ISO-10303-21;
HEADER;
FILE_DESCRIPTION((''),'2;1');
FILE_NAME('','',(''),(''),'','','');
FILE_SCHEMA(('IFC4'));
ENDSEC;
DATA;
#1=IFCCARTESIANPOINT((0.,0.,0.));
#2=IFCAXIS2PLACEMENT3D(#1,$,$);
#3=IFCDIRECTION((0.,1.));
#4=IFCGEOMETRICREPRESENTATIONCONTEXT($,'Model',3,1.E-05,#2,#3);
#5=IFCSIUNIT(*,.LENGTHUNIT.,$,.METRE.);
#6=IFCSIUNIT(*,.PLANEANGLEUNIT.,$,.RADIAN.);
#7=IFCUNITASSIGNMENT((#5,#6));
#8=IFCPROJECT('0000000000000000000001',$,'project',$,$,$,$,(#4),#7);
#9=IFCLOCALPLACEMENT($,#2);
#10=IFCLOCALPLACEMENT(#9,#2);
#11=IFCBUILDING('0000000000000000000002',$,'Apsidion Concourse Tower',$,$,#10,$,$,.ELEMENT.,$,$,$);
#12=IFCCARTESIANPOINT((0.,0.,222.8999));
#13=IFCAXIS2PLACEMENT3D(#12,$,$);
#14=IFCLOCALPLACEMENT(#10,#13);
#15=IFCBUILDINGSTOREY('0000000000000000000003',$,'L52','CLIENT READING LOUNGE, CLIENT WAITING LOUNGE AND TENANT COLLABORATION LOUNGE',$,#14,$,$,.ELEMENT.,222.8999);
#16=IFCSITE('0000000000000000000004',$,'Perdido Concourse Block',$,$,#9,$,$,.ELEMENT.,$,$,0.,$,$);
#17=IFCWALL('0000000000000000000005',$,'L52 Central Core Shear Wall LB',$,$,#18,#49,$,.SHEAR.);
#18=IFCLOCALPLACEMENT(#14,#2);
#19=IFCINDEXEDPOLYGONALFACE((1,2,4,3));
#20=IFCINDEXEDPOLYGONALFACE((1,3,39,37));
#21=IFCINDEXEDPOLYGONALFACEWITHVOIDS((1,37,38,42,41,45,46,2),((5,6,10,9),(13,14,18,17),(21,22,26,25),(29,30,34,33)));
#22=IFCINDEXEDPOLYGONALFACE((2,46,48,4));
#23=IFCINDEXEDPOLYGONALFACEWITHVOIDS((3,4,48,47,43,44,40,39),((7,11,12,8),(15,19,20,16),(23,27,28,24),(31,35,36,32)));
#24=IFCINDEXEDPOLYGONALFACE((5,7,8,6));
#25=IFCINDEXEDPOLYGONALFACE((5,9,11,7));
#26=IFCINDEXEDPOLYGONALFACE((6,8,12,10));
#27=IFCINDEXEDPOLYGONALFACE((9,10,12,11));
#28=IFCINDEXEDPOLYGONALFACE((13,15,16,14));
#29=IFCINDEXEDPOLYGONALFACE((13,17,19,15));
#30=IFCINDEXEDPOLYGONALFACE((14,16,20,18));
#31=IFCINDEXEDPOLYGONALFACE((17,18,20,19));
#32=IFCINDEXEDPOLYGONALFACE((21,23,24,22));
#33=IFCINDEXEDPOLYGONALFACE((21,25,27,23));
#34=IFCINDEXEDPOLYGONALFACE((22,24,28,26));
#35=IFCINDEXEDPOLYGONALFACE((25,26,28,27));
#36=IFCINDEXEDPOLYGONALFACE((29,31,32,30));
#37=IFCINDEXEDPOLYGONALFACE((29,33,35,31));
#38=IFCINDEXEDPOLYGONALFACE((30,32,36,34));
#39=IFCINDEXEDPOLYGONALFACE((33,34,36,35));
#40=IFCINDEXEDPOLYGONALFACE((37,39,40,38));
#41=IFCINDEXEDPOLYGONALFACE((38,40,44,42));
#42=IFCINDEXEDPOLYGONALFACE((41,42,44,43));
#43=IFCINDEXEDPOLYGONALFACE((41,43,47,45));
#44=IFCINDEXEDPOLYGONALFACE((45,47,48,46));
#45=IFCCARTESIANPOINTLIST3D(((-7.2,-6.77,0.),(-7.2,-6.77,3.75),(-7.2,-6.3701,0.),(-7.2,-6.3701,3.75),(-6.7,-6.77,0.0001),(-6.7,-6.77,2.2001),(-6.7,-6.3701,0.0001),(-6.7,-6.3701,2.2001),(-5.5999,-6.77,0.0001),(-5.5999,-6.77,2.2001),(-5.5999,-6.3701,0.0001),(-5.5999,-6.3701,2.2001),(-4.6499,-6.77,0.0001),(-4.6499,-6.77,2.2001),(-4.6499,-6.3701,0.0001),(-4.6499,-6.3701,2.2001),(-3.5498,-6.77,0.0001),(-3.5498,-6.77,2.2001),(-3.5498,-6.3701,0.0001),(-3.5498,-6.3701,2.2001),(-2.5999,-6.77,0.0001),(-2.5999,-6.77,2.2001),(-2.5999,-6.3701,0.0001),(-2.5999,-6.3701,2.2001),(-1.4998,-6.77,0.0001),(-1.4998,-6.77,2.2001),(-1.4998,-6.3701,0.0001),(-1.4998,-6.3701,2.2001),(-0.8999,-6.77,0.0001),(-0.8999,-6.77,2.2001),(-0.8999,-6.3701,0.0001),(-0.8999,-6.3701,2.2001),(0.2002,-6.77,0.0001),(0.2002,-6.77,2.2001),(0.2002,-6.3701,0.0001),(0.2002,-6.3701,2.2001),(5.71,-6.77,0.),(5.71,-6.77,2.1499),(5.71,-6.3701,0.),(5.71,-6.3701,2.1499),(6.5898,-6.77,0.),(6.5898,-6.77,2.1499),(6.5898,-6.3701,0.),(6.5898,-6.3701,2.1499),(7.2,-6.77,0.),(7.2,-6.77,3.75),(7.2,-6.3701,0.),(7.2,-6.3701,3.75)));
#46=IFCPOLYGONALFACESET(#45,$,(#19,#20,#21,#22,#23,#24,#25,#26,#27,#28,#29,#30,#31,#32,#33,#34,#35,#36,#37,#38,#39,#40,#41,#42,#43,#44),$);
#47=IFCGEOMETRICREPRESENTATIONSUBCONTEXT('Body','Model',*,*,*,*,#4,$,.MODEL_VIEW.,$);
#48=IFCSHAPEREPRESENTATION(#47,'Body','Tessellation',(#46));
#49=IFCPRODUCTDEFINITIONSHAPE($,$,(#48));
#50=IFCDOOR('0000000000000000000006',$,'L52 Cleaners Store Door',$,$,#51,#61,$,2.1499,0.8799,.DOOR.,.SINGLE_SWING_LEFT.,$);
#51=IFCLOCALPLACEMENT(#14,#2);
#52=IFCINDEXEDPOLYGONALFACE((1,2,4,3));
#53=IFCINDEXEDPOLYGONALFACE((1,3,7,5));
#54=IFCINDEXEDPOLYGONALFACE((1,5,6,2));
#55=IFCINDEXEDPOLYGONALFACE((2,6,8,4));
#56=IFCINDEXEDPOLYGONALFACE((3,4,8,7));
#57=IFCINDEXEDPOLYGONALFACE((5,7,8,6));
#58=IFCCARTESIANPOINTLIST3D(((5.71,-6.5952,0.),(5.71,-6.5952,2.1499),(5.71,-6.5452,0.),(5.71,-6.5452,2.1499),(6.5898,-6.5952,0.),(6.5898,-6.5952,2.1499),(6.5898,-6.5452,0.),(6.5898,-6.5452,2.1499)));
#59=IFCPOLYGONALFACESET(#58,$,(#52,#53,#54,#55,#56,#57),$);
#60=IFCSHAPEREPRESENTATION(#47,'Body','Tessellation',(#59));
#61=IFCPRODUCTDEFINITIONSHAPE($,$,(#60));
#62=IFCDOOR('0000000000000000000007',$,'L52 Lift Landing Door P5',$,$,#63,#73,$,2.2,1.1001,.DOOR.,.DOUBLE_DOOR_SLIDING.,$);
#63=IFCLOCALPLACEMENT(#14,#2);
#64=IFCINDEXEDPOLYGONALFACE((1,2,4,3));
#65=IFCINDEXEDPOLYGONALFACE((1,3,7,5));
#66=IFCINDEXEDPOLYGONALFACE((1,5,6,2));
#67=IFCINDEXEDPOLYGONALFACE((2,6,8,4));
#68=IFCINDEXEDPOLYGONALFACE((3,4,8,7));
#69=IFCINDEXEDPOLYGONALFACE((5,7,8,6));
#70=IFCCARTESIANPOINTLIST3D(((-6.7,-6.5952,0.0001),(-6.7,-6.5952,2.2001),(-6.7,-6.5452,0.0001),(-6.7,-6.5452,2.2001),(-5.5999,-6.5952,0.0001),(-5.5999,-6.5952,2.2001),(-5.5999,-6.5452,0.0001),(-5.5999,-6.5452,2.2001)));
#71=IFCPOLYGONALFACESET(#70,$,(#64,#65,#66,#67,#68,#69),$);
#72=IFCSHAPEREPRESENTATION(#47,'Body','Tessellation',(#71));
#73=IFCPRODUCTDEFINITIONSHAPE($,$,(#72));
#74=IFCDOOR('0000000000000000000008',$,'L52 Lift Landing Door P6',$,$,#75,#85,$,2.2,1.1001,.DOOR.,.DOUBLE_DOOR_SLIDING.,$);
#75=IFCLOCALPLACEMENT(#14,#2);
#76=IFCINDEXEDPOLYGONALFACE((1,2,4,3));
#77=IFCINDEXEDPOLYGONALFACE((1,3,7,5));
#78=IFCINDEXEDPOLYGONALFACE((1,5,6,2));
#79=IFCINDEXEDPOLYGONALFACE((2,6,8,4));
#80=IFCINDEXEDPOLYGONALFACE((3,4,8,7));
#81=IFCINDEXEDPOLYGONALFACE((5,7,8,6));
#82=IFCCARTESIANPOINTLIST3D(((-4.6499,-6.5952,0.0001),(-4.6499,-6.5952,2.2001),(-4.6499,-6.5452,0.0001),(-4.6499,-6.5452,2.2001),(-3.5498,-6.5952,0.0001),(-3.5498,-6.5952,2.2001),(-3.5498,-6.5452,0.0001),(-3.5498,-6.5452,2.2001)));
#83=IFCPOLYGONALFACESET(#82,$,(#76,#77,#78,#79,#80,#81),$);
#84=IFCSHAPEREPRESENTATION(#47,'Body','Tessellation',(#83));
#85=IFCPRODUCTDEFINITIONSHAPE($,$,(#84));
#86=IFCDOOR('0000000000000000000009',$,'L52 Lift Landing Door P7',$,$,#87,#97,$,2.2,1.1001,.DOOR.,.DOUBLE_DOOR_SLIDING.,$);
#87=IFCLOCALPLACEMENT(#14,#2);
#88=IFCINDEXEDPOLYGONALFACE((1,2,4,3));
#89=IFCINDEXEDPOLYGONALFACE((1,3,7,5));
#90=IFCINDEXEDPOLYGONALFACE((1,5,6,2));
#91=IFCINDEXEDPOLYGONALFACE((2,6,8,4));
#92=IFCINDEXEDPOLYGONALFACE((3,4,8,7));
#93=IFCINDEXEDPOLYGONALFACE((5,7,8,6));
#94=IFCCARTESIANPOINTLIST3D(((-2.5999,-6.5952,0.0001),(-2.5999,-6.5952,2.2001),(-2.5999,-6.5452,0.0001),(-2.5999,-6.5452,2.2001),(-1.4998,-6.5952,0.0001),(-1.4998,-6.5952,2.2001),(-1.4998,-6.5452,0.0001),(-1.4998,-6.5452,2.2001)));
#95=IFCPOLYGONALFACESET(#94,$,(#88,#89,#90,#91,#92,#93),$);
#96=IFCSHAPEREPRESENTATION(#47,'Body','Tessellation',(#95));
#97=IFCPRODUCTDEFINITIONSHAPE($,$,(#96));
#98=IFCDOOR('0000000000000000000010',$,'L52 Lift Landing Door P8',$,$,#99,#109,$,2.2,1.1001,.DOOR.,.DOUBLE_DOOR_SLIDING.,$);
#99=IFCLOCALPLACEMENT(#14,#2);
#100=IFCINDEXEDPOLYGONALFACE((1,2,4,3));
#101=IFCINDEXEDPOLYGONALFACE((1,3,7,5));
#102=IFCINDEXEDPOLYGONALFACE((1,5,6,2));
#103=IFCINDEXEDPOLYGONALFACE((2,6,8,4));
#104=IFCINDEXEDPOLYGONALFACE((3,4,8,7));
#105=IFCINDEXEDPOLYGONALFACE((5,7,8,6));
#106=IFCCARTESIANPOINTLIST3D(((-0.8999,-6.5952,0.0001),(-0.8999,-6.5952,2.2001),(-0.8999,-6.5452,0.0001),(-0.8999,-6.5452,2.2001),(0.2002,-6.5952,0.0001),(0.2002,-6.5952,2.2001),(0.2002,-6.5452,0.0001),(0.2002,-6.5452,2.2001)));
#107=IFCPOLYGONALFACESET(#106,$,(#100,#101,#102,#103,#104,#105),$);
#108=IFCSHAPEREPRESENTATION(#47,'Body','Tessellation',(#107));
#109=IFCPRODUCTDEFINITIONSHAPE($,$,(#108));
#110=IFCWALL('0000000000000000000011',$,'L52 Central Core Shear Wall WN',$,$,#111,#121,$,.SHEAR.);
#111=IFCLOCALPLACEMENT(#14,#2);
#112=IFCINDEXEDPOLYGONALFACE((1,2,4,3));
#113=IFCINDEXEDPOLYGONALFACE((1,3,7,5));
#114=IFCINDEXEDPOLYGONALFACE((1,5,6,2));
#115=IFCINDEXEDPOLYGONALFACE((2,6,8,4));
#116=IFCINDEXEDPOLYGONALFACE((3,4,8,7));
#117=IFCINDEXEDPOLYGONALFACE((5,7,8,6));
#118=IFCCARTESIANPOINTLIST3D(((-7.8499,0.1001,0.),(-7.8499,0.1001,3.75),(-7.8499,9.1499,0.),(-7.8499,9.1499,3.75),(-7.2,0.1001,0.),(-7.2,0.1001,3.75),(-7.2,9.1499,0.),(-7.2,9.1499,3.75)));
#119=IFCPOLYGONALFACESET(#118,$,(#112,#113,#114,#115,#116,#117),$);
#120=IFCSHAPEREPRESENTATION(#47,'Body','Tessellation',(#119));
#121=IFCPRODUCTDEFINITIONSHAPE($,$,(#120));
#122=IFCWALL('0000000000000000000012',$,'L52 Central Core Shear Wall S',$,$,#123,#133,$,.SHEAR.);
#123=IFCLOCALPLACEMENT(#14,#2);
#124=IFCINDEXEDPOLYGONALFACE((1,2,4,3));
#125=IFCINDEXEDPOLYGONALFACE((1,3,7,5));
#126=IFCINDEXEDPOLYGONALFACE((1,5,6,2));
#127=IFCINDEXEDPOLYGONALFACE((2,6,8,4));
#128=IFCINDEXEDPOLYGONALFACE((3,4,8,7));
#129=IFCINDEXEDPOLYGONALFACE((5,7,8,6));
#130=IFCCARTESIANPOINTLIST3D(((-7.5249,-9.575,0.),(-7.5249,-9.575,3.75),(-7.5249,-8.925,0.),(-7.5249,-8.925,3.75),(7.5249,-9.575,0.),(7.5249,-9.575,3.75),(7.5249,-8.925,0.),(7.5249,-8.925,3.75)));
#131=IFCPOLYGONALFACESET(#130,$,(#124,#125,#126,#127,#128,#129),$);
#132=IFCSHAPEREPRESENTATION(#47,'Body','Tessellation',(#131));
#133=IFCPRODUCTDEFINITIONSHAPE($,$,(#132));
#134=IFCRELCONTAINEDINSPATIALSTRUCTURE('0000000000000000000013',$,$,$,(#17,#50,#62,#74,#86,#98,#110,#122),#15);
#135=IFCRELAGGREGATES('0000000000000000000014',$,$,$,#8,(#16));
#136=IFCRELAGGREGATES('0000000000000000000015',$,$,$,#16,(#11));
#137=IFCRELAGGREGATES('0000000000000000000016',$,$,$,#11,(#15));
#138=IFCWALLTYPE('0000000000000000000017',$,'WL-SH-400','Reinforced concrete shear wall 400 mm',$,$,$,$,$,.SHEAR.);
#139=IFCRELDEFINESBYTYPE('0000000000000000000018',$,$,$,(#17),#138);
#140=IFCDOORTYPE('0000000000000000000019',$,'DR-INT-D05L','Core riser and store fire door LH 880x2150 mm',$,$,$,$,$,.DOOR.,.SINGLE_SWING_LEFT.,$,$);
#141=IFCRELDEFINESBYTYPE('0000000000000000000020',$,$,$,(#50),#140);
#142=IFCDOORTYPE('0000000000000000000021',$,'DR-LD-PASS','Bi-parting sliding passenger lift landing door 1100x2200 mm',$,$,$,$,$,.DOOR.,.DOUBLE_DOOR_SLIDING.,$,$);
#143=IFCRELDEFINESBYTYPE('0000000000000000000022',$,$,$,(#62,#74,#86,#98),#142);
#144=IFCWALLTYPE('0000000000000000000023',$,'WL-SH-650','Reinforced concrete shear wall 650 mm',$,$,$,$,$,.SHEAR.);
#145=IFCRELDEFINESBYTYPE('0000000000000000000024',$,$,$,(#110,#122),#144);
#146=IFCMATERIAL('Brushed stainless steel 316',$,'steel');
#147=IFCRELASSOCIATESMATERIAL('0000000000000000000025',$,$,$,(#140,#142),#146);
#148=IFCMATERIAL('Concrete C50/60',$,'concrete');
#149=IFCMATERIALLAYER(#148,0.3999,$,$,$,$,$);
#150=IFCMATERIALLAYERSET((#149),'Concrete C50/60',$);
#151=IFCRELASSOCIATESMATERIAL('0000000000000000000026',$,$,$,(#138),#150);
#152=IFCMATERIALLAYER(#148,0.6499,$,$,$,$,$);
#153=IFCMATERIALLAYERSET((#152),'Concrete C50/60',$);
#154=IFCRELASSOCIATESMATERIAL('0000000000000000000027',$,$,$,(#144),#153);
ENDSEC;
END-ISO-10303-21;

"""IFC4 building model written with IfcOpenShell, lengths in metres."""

from ifc_helpers import new_model, si_unit, direction, frame, frame_2d, origin, place, context, subcontext, project, spatial, rectangle, extrude, material, layer, layer_set, type_object, element, fill, save


model = new_model("IFC4")

# Units and contexts
model_context = context("Model", 3, precision=1e-05, world=origin(), true_north=direction((0.0, 1.0)))
body_context = subcontext(model_context, "Body", "Model", "MODEL_VIEW")
ifc_project = project(units=[si_unit("LENGTHUNIT", "METRE"), si_unit("PLANEANGLEUNIT", "RADIAN")], contexts=[model_context])

# Site, building, storey
site_placement = place(None, origin())
site = spatial("IfcSite", under=ifc_project, at=site_placement, Name="Perdido Concourse Block", CompositionType="ELEMENT", RefElevation=0.0)
building_placement = place(site_placement, origin())
building = spatial("IfcBuilding", under=site, at=building_placement, Name="Apsidion Concourse Tower", CompositionType="ELEMENT")
storey_placement = place(building_placement, frame((0.0, 0.0, 222.8999)))
storey = spatial("IfcBuildingStorey", under=building, at=storey_placement, Name="L52", Description="CLIENT READING LOUNGE, CLIENT WAITING LOUNGE AND TENANT COLLABORATION LOUNGE", CompositionType="ELEMENT", Elevation=222.8999)

# Shared definitions
ifc_material_1 = material(Name="Concrete C50/60", Category="concrete")

# Shared definitions
ifc_material_2 = material(Name="Brushed stainless steel 316", Category="steel")
door_type_1 = type_object("IfcDoorType", Name="DR-INT-D05L", Description="Core riser and store fire door LH 880x2150 mm", OperationType="SINGLE_SWING_LEFT", PredefinedType="DOOR", material=ifc_material_2)

# Shared definitions
ifc_layer_1 = layer(ifc_material_1, 0.3999)
ifc_layer_set_1 = layer_set([ifc_layer_1], Name="Concrete C50/60")
wall_type_1 = type_object("IfcWallType", Name="WL-SH-400", Description="Reinforced concrete shear wall 400 mm", PredefinedType="SHEAR", material=ifc_layer_set_1)

# Wall, openings, doors
wall_1_placement = place(storey_placement, frame((-7.2, -6.5701, 0.0), z_axis=(0.0, 0.0, 1.0), x_axis=(1.0, 0.0, 0.0)))
wall_1 = element("IfcWall", 1, at=wall_1_placement, inside=storey, type_object=wall_type_1, Name="L52 Central Core Shear Wall LB", PredefinedType="SHEAR", context=body_context, shape_type="SweptSolid", body=[
    extrude(rectangle(XDim=14.3999, YDim=0.3999, at=frame_2d((7.2, 0.0))), origin(), (0.0, 0.0, 1.0), 3.75),
])
opening_1_placement = place(wall_1_placement, frame((0.5, 0.0, 0.0)))
opening_1 = element("IfcOpeningElement", 2, at=opening_1_placement, cuts=wall_1, PredefinedType="OPENING", context=body_context, shape_type="SweptSolid", body=[
    extrude(rectangle(XDim=1.1001, YDim=2.2, at=frame_2d((0.55, 1.1001))), frame((0.0, 0.21, 0.0), z_axis=(0.0, -1.0, 0.0), x_axis=(1.0, 0.0, 0.0)), (0.0, 0.0, 1.0), 0.4199),
])
opening_2_placement = place(wall_1_placement, frame((2.55, 0.0, 0.0)))
opening_2 = element("IfcOpeningElement", 3, at=opening_2_placement, cuts=wall_1, PredefinedType="OPENING", context=body_context, shape_type="SweptSolid", body=[
    extrude(rectangle(XDim=1.1001, YDim=2.2, at=frame_2d((0.55, 1.1001))), frame((0.0, 0.21, 0.0), z_axis=(0.0, -1.0, 0.0), x_axis=(1.0, 0.0, 0.0)), (0.0, 0.0, 1.0), 0.4199),
])
opening_3_placement = place(wall_1_placement, frame((4.6001, 0.0, 0.0)))
opening_3 = element("IfcOpeningElement", 4, at=opening_3_placement, cuts=wall_1, PredefinedType="OPENING", context=body_context, shape_type="SweptSolid", body=[
    extrude(rectangle(XDim=1.1001, YDim=2.2, at=frame_2d((0.55, 1.1001))), frame((0.0, 0.21, 0.0), z_axis=(0.0, -1.0, 0.0), x_axis=(1.0, 0.0, 0.0)), (0.0, 0.0, 1.0), 0.4199),
])
opening_4_placement = place(wall_1_placement, frame((6.3, 0.0, 0.0)))
opening_4 = element("IfcOpeningElement", 5, at=opening_4_placement, cuts=wall_1, PredefinedType="OPENING", context=body_context, shape_type="SweptSolid", body=[
    extrude(rectangle(XDim=1.1001, YDim=2.2, at=frame_2d((0.55, 1.1001))), frame((0.0, 0.21, 0.0), z_axis=(0.0, -1.0, 0.0), x_axis=(1.0, 0.0, 0.0)), (0.0, 0.0, 1.0), 0.4199),
])
opening_5_placement = place(wall_1_placement, frame((12.9099, 0.0, 0.0)))
opening_5 = element("IfcOpeningElement", 6, at=opening_5_placement, cuts=wall_1, PredefinedType="OPENING", context=body_context, shape_type="SweptSolid", body=[
    extrude(rectangle(XDim=0.8799, YDim=2.1499, at=frame_2d((0.4399, 1.075))), frame((0.0, 0.21, 0.0), z_axis=(0.0, -1.0, 0.0), x_axis=(1.0, 0.0, 0.0)), (0.0, 0.0, 1.0), 0.4199),
])
door_1_placement = place(opening_5_placement, origin())
door_1 = element("IfcDoor", 7, at=door_1_placement, inside=storey, type_object=door_type_1, Name="L52 Cleaners Store Door", OperationType="SINGLE_SWING_LEFT", OverallHeight=2.1499, OverallWidth=0.8799, PredefinedType="DOOR", context=body_context, shape_type="SweptSolid", body=[
    extrude(rectangle(XDim=0.8799, YDim=2.1499, at=frame_2d((0.4399, 1.075))), frame((0.0, 0.0249, 0.0), z_axis=(0.0, -1.0, 0.0), x_axis=(1.0, 0.0, 0.0)), (0.0, 0.0, 1.0), 0.05),
])
fill(opening_5, door_1)
door_type_2 = type_object("IfcDoorType", Name="DR-LD-PASS", Description="Bi-parting sliding passenger lift landing door 1100x2200 mm", OperationType="DOUBLE_DOOR_SLIDING", PredefinedType="DOOR", material=ifc_material_2)
door_2_placement = place(opening_1_placement, origin())
door_2 = element("IfcDoor", 8, at=door_2_placement, inside=storey, type_object=door_type_2, Name="L52 Lift Landing Door P5", OperationType="DOUBLE_DOOR_SLIDING", OverallHeight=2.2, OverallWidth=1.1001, PredefinedType="DOOR", context=body_context, shape_type="SweptSolid", body=[
    extrude(rectangle(XDim=1.1001, YDim=2.2, at=frame_2d((0.55, 1.1001))), frame((0.0, 0.0249, 0.0), z_axis=(0.0, -1.0, 0.0), x_axis=(1.0, 0.0, 0.0)), (0.0, 0.0, 1.0), 0.05),
])
fill(opening_1, door_2)
door_3_placement = place(opening_2_placement, origin())
door_3 = element("IfcDoor", 9, at=door_3_placement, inside=storey, type_object=door_type_2, Name="L52 Lift Landing Door P6", OperationType="DOUBLE_DOOR_SLIDING", OverallHeight=2.2, OverallWidth=1.1001, PredefinedType="DOOR", context=body_context, shape_type="SweptSolid", body=[
    extrude(rectangle(XDim=1.1001, YDim=2.2, at=frame_2d((0.55, 1.1001))), frame((0.0, 0.0249, 0.0), z_axis=(0.0, -1.0, 0.0), x_axis=(1.0, 0.0, 0.0)), (0.0, 0.0, 1.0), 0.05),
])
fill(opening_2, door_3)
door_4_placement = place(opening_3_placement, origin())
door_4 = element("IfcDoor", 10, at=door_4_placement, inside=storey, type_object=door_type_2, Name="L52 Lift Landing Door P7", OperationType="DOUBLE_DOOR_SLIDING", OverallHeight=2.2, OverallWidth=1.1001, PredefinedType="DOOR", context=body_context, shape_type="SweptSolid", body=[
    extrude(rectangle(XDim=1.1001, YDim=2.2, at=frame_2d((0.55, 1.1001))), frame((0.0, 0.0249, 0.0), z_axis=(0.0, -1.0, 0.0), x_axis=(1.0, 0.0, 0.0)), (0.0, 0.0, 1.0), 0.05),
])
fill(opening_3, door_4)
door_5_placement = place(opening_4_placement, origin())
door_5 = element("IfcDoor", 11, at=door_5_placement, inside=storey, type_object=door_type_2, Name="L52 Lift Landing Door P8", OperationType="DOUBLE_DOOR_SLIDING", OverallHeight=2.2, OverallWidth=1.1001, PredefinedType="DOOR", context=body_context, shape_type="SweptSolid", body=[
    extrude(rectangle(XDim=1.1001, YDim=2.2, at=frame_2d((0.55, 1.1001))), frame((0.0, 0.0249, 0.0), z_axis=(0.0, -1.0, 0.0), x_axis=(1.0, 0.0, 0.0)), (0.0, 0.0, 1.0), 0.05),
])
fill(opening_4, door_5)

# Wall
ifc_layer_2 = layer(ifc_material_1, 0.6499)
ifc_layer_set_2 = layer_set([ifc_layer_2], Name="Concrete C50/60")
wall_type_2 = type_object("IfcWallType", Name="WL-SH-650", Description="Reinforced concrete shear wall 650 mm", PredefinedType="SHEAR", material=ifc_layer_set_2)
wall_2_placement = place(storey_placement, frame((-7.5249, 0.1001, 0.0), z_axis=(0.0, 0.0, 1.0), x_axis=(0.0, 1.0, 0.0)))
element("IfcWall", 12, at=wall_2_placement, inside=storey, type_object=wall_type_2, Name="L52 Central Core Shear Wall WN", PredefinedType="SHEAR", context=body_context, shape_type="SweptSolid", body=[
    extrude(rectangle(XDim=9.0498, YDim=0.6499, at=frame_2d((4.5249, 0.0))), origin(), (0.0, 0.0, 1.0), 3.75),
])

# Wall
wall_3_placement = place(storey_placement, frame((-7.5249, -9.25, 0.0), z_axis=(0.0, 0.0, 1.0), x_axis=(1.0, 0.0, 0.0)))
element("IfcWall", 13, at=wall_3_placement, inside=storey, type_object=wall_type_2, Name="L52 Central Core Shear Wall S", PredefinedType="SHEAR", context=body_context, shape_type="SweptSolid", body=[
    extrude(rectangle(XDim=15.0498, YDim=0.6499, at=frame_2d((7.5249, 0.0))), origin(), (0.0, 0.0, 1.0), 3.75),
])

save(model, "model.ifc")
